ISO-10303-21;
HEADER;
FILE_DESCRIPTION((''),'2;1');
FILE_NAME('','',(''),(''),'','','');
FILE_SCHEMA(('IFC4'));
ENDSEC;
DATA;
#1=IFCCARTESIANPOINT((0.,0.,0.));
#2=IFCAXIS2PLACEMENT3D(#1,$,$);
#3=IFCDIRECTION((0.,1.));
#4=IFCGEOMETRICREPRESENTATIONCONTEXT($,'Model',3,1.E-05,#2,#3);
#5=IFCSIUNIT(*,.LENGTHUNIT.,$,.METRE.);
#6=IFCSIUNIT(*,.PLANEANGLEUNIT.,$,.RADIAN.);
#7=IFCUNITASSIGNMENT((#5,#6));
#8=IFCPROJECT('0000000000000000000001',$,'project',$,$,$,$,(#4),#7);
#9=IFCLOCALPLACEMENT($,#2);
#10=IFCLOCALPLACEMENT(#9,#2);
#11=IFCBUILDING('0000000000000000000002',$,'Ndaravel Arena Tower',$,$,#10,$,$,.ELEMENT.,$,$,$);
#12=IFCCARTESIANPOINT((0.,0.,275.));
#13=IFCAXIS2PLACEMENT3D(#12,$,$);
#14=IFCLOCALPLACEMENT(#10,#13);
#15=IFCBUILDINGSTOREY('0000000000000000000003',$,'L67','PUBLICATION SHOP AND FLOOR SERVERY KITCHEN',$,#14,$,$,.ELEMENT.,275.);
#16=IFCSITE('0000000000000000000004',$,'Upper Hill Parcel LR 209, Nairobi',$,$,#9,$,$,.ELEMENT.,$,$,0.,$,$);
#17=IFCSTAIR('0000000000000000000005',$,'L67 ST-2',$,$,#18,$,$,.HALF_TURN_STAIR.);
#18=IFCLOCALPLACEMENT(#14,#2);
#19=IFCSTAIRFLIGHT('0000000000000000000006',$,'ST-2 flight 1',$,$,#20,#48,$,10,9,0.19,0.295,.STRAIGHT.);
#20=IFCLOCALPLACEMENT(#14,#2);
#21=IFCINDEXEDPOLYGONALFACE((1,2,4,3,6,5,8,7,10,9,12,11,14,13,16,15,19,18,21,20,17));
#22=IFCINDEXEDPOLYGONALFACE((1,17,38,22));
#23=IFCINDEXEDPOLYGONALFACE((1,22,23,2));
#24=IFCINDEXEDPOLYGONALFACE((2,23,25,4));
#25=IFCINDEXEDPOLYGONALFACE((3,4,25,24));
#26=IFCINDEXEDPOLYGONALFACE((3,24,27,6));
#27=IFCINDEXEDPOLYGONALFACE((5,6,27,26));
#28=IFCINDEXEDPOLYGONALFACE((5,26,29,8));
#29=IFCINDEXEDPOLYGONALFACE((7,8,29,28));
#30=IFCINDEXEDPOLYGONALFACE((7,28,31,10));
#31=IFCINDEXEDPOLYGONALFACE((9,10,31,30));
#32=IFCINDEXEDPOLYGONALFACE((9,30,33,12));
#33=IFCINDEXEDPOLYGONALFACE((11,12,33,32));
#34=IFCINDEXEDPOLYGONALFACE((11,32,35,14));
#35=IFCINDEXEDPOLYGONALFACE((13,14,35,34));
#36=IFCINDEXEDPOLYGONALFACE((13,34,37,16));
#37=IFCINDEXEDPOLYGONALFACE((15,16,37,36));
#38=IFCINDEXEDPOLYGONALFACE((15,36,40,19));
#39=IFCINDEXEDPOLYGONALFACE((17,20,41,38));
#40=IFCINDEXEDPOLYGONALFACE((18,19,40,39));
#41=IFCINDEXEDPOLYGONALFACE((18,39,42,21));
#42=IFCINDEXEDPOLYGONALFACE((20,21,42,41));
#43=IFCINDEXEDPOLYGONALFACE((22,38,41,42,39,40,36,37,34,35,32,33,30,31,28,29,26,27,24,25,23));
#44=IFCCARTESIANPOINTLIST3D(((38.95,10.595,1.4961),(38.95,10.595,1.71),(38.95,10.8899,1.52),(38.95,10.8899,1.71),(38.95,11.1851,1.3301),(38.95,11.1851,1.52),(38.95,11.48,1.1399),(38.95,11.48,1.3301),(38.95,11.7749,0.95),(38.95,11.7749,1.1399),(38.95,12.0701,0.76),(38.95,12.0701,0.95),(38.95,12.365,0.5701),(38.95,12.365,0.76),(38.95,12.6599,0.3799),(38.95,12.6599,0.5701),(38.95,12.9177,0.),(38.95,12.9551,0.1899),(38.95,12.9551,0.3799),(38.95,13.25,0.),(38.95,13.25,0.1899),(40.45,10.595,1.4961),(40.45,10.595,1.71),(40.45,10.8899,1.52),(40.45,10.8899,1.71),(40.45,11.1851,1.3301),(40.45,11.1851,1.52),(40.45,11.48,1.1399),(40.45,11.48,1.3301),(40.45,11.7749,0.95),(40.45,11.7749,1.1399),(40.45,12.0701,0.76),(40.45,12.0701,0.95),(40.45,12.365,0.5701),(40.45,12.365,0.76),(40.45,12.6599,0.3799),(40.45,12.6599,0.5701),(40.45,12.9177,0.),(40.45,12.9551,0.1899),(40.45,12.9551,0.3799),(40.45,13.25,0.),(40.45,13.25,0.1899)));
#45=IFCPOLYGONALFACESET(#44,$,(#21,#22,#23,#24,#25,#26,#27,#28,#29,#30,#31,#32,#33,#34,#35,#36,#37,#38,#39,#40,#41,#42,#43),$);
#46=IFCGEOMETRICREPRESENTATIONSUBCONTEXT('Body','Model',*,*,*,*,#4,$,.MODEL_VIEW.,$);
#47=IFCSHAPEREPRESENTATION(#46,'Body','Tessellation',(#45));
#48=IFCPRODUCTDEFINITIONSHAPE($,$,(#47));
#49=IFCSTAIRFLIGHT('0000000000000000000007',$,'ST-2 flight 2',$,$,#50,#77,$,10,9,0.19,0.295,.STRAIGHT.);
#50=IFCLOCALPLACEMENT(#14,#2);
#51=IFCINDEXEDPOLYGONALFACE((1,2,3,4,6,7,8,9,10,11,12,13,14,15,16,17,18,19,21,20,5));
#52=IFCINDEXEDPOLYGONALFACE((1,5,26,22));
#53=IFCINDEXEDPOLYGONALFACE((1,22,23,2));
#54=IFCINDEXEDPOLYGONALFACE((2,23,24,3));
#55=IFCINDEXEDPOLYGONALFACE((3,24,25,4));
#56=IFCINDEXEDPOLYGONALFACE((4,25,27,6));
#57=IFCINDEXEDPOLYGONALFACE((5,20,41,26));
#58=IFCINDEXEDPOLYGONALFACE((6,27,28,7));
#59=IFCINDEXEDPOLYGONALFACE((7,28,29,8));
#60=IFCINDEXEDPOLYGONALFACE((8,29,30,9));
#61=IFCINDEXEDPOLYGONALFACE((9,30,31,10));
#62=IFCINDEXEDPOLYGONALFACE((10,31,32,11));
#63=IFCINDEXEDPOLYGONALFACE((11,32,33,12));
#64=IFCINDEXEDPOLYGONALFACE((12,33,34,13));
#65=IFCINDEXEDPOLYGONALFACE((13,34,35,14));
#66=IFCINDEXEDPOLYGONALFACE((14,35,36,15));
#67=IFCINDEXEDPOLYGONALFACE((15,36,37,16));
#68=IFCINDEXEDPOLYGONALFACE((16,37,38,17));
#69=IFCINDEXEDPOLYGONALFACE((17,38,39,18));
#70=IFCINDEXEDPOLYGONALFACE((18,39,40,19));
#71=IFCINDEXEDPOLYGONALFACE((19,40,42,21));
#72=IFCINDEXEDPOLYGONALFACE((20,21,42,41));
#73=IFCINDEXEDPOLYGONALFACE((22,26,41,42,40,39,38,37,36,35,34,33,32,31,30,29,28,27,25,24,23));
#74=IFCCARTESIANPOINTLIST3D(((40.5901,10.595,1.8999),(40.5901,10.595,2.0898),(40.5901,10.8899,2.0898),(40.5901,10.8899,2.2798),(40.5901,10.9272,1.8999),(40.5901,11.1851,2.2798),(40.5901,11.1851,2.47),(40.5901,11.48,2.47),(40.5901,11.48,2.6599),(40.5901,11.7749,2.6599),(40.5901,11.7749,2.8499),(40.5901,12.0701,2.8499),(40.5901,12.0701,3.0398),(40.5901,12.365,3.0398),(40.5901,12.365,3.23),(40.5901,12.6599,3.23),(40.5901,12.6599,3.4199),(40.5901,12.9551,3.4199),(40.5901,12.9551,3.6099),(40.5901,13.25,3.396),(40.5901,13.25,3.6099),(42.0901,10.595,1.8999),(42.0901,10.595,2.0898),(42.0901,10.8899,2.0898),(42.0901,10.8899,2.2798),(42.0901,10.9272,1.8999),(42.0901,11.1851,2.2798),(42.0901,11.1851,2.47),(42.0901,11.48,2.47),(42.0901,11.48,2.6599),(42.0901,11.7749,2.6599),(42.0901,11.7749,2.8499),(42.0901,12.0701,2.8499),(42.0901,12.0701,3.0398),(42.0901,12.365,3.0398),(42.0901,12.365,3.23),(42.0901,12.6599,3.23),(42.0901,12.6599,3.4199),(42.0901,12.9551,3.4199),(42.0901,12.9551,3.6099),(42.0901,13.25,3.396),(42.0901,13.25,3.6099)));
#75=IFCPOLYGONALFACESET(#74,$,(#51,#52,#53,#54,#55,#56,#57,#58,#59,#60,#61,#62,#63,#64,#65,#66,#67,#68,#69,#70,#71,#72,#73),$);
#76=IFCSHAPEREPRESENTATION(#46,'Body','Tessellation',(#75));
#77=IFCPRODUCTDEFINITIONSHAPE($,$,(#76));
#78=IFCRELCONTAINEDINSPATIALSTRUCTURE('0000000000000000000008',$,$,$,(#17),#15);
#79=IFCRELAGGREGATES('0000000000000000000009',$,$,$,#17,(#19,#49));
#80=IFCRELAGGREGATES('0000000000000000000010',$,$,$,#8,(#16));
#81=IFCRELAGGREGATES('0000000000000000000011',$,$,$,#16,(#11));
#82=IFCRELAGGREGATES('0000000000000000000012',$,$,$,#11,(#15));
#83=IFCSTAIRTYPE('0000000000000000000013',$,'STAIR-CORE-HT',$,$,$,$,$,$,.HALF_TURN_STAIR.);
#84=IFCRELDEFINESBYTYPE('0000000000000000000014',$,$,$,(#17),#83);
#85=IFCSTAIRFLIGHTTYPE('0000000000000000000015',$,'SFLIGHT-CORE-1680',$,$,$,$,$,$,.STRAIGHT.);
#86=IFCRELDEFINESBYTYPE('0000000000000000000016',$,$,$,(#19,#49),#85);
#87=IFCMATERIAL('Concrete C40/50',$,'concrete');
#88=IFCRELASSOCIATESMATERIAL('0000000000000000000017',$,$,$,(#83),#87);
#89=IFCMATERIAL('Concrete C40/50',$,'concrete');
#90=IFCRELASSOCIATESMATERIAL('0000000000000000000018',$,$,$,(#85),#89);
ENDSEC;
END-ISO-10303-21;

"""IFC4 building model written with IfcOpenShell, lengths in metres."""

from ifc_helpers import new_model, si_unit, direction, frame, origin, place, context, subcontext, project, spatial, polyline, outline, extrude, material, type_object, element, aggregate, save


model = new_model("IFC4")

# Units and contexts
model_context = context("Model", 3, precision=1e-05, world=origin(), true_north=direction((0.0, 1.0)))
body_context = subcontext(model_context, "Body", "Model", "MODEL_VIEW")
ifc_project = project(units=[si_unit("LENGTHUNIT", "METRE"), si_unit("PLANEANGLEUNIT", "RADIAN")], contexts=[model_context])

# Site, building, storey
site_placement = place(None, origin())
site = spatial("IfcSite", under=ifc_project, at=site_placement, Name="Upper Hill Parcel LR 209, Nairobi", CompositionType="ELEMENT", RefElevation=0.0)
building_placement = place(site_placement, origin())
building = spatial("IfcBuilding", under=site, at=building_placement, Name="Ndaravel Arena Tower", CompositionType="ELEMENT")
storey_placement = place(building_placement, frame((0.0, 0.0, 275.0)))
storey = spatial("IfcBuildingStorey", under=building, at=storey_placement, Name="L67", Description="PUBLICATION SHOP AND FLOOR SERVERY KITCHEN", CompositionType="ELEMENT", Elevation=275.0)

# Stair, stair flights
ifc_material_1 = material(Name="Concrete C40/50", Category="concrete")
stair_type = type_object("IfcStairType", Name="STAIR-CORE-HT", PredefinedType="HALF_TURN_STAIR", material=ifc_material_1)
ifc_material_2 = material(Name="Concrete C40/50", Category="concrete")
stair_flight_type = type_object("IfcStairFlightType", Name="SFLIGHT-CORE-1680", PredefinedType="STRAIGHT", material=ifc_material_2)
stair_1_placement = place(storey_placement, origin())
stair_1 = element("IfcStair", 1, at=stair_1_placement, inside=storey, type_object=stair_type, Name="L67 ST-2", PredefinedType="HALF_TURN_STAIR")
stair_flight_1_placement = place(storey_placement, frame((39.7, 13.25, 0.0), z_axis=(0.0, 0.0, 1.0), x_axis=(0.0, -1.0, 0.0)))
stair_flight_1 = element("IfcStairFlight", 2, at=stair_flight_1_placement, type_object=stair_flight_type, Name="ST-2 flight 1", NumberOfRisers=10, NumberOfTreads=9, PredefinedType="STRAIGHT", RiserHeight=0.19, TreadLength=0.295, context=body_context, shape_type="SweptSolid", body=[
    extrude(outline(polyline([(0.0, 0.0), (0.0, 0.1899), (0.2949, 0.1899), (0.2949, 0.3799), (0.5901, 0.3799), (0.5901, 0.5701), (0.885, 0.5701), (0.885, 0.76), (1.1799, 0.76), (1.1799, 0.95), (1.4751, 0.95), (1.4751, 1.1399), (1.77, 1.1399), (1.77, 1.3301), (2.0649, 1.3301), (2.0649, 1.52), (2.3601, 1.52), (2.3601, 1.71), (2.655, 1.71), (2.655, 1.8999), (2.655, 1.4961), (0.3323, 0.0), (0.0, 0.0)])), frame((0.0, 0.75, 0.0), z_axis=(0.0, -1.0, 0.0), x_axis=(1.0, 0.0, 0.0)), (0.0, 0.0, 1.0), 1.5),
])
stair_flight_2_placement = place(storey_placement, frame((41.3401, 10.595, 1.8999), z_axis=(0.0, 0.0, 1.0), x_axis=(0.0, 1.0, 0.0)))
stair_flight_2 = element("IfcStairFlight", 3, at=stair_flight_2_placement, type_object=stair_flight_type, Name="ST-2 flight 2", NumberOfRisers=10, NumberOfTreads=9, PredefinedType="STRAIGHT", RiserHeight=0.19, TreadLength=0.295, context=body_context, shape_type="SweptSolid", body=[
    extrude(outline(polyline([(0.0, 0.0), (0.0, 0.1899), (0.2949, 0.1899), (0.2949, 0.3799), (0.5901, 0.3799), (0.5901, 0.5701), (0.885, 0.5701), (0.885, 0.76), (1.1799, 0.76), (1.1799, 0.95), (1.4751, 0.95), (1.4751, 1.1399), (1.77, 1.1399), (1.77, 1.3301), (2.0649, 1.3301), (2.0649, 1.52), (2.3601, 1.52), (2.3601, 1.71), (2.655, 1.71), (2.655, 1.8999), (2.655, 1.4961), (0.3323, 0.0), (0.0, 0.0)])), frame((0.0, 0.75, 0.0), z_axis=(0.0, -1.0, 0.0), x_axis=(1.0, 0.0, 0.0)), (0.0, 0.0, 1.0), 1.5),
])
aggregate(stair_1, [stair_flight_1, stair_flight_2])

save(model, "model.ifc")
